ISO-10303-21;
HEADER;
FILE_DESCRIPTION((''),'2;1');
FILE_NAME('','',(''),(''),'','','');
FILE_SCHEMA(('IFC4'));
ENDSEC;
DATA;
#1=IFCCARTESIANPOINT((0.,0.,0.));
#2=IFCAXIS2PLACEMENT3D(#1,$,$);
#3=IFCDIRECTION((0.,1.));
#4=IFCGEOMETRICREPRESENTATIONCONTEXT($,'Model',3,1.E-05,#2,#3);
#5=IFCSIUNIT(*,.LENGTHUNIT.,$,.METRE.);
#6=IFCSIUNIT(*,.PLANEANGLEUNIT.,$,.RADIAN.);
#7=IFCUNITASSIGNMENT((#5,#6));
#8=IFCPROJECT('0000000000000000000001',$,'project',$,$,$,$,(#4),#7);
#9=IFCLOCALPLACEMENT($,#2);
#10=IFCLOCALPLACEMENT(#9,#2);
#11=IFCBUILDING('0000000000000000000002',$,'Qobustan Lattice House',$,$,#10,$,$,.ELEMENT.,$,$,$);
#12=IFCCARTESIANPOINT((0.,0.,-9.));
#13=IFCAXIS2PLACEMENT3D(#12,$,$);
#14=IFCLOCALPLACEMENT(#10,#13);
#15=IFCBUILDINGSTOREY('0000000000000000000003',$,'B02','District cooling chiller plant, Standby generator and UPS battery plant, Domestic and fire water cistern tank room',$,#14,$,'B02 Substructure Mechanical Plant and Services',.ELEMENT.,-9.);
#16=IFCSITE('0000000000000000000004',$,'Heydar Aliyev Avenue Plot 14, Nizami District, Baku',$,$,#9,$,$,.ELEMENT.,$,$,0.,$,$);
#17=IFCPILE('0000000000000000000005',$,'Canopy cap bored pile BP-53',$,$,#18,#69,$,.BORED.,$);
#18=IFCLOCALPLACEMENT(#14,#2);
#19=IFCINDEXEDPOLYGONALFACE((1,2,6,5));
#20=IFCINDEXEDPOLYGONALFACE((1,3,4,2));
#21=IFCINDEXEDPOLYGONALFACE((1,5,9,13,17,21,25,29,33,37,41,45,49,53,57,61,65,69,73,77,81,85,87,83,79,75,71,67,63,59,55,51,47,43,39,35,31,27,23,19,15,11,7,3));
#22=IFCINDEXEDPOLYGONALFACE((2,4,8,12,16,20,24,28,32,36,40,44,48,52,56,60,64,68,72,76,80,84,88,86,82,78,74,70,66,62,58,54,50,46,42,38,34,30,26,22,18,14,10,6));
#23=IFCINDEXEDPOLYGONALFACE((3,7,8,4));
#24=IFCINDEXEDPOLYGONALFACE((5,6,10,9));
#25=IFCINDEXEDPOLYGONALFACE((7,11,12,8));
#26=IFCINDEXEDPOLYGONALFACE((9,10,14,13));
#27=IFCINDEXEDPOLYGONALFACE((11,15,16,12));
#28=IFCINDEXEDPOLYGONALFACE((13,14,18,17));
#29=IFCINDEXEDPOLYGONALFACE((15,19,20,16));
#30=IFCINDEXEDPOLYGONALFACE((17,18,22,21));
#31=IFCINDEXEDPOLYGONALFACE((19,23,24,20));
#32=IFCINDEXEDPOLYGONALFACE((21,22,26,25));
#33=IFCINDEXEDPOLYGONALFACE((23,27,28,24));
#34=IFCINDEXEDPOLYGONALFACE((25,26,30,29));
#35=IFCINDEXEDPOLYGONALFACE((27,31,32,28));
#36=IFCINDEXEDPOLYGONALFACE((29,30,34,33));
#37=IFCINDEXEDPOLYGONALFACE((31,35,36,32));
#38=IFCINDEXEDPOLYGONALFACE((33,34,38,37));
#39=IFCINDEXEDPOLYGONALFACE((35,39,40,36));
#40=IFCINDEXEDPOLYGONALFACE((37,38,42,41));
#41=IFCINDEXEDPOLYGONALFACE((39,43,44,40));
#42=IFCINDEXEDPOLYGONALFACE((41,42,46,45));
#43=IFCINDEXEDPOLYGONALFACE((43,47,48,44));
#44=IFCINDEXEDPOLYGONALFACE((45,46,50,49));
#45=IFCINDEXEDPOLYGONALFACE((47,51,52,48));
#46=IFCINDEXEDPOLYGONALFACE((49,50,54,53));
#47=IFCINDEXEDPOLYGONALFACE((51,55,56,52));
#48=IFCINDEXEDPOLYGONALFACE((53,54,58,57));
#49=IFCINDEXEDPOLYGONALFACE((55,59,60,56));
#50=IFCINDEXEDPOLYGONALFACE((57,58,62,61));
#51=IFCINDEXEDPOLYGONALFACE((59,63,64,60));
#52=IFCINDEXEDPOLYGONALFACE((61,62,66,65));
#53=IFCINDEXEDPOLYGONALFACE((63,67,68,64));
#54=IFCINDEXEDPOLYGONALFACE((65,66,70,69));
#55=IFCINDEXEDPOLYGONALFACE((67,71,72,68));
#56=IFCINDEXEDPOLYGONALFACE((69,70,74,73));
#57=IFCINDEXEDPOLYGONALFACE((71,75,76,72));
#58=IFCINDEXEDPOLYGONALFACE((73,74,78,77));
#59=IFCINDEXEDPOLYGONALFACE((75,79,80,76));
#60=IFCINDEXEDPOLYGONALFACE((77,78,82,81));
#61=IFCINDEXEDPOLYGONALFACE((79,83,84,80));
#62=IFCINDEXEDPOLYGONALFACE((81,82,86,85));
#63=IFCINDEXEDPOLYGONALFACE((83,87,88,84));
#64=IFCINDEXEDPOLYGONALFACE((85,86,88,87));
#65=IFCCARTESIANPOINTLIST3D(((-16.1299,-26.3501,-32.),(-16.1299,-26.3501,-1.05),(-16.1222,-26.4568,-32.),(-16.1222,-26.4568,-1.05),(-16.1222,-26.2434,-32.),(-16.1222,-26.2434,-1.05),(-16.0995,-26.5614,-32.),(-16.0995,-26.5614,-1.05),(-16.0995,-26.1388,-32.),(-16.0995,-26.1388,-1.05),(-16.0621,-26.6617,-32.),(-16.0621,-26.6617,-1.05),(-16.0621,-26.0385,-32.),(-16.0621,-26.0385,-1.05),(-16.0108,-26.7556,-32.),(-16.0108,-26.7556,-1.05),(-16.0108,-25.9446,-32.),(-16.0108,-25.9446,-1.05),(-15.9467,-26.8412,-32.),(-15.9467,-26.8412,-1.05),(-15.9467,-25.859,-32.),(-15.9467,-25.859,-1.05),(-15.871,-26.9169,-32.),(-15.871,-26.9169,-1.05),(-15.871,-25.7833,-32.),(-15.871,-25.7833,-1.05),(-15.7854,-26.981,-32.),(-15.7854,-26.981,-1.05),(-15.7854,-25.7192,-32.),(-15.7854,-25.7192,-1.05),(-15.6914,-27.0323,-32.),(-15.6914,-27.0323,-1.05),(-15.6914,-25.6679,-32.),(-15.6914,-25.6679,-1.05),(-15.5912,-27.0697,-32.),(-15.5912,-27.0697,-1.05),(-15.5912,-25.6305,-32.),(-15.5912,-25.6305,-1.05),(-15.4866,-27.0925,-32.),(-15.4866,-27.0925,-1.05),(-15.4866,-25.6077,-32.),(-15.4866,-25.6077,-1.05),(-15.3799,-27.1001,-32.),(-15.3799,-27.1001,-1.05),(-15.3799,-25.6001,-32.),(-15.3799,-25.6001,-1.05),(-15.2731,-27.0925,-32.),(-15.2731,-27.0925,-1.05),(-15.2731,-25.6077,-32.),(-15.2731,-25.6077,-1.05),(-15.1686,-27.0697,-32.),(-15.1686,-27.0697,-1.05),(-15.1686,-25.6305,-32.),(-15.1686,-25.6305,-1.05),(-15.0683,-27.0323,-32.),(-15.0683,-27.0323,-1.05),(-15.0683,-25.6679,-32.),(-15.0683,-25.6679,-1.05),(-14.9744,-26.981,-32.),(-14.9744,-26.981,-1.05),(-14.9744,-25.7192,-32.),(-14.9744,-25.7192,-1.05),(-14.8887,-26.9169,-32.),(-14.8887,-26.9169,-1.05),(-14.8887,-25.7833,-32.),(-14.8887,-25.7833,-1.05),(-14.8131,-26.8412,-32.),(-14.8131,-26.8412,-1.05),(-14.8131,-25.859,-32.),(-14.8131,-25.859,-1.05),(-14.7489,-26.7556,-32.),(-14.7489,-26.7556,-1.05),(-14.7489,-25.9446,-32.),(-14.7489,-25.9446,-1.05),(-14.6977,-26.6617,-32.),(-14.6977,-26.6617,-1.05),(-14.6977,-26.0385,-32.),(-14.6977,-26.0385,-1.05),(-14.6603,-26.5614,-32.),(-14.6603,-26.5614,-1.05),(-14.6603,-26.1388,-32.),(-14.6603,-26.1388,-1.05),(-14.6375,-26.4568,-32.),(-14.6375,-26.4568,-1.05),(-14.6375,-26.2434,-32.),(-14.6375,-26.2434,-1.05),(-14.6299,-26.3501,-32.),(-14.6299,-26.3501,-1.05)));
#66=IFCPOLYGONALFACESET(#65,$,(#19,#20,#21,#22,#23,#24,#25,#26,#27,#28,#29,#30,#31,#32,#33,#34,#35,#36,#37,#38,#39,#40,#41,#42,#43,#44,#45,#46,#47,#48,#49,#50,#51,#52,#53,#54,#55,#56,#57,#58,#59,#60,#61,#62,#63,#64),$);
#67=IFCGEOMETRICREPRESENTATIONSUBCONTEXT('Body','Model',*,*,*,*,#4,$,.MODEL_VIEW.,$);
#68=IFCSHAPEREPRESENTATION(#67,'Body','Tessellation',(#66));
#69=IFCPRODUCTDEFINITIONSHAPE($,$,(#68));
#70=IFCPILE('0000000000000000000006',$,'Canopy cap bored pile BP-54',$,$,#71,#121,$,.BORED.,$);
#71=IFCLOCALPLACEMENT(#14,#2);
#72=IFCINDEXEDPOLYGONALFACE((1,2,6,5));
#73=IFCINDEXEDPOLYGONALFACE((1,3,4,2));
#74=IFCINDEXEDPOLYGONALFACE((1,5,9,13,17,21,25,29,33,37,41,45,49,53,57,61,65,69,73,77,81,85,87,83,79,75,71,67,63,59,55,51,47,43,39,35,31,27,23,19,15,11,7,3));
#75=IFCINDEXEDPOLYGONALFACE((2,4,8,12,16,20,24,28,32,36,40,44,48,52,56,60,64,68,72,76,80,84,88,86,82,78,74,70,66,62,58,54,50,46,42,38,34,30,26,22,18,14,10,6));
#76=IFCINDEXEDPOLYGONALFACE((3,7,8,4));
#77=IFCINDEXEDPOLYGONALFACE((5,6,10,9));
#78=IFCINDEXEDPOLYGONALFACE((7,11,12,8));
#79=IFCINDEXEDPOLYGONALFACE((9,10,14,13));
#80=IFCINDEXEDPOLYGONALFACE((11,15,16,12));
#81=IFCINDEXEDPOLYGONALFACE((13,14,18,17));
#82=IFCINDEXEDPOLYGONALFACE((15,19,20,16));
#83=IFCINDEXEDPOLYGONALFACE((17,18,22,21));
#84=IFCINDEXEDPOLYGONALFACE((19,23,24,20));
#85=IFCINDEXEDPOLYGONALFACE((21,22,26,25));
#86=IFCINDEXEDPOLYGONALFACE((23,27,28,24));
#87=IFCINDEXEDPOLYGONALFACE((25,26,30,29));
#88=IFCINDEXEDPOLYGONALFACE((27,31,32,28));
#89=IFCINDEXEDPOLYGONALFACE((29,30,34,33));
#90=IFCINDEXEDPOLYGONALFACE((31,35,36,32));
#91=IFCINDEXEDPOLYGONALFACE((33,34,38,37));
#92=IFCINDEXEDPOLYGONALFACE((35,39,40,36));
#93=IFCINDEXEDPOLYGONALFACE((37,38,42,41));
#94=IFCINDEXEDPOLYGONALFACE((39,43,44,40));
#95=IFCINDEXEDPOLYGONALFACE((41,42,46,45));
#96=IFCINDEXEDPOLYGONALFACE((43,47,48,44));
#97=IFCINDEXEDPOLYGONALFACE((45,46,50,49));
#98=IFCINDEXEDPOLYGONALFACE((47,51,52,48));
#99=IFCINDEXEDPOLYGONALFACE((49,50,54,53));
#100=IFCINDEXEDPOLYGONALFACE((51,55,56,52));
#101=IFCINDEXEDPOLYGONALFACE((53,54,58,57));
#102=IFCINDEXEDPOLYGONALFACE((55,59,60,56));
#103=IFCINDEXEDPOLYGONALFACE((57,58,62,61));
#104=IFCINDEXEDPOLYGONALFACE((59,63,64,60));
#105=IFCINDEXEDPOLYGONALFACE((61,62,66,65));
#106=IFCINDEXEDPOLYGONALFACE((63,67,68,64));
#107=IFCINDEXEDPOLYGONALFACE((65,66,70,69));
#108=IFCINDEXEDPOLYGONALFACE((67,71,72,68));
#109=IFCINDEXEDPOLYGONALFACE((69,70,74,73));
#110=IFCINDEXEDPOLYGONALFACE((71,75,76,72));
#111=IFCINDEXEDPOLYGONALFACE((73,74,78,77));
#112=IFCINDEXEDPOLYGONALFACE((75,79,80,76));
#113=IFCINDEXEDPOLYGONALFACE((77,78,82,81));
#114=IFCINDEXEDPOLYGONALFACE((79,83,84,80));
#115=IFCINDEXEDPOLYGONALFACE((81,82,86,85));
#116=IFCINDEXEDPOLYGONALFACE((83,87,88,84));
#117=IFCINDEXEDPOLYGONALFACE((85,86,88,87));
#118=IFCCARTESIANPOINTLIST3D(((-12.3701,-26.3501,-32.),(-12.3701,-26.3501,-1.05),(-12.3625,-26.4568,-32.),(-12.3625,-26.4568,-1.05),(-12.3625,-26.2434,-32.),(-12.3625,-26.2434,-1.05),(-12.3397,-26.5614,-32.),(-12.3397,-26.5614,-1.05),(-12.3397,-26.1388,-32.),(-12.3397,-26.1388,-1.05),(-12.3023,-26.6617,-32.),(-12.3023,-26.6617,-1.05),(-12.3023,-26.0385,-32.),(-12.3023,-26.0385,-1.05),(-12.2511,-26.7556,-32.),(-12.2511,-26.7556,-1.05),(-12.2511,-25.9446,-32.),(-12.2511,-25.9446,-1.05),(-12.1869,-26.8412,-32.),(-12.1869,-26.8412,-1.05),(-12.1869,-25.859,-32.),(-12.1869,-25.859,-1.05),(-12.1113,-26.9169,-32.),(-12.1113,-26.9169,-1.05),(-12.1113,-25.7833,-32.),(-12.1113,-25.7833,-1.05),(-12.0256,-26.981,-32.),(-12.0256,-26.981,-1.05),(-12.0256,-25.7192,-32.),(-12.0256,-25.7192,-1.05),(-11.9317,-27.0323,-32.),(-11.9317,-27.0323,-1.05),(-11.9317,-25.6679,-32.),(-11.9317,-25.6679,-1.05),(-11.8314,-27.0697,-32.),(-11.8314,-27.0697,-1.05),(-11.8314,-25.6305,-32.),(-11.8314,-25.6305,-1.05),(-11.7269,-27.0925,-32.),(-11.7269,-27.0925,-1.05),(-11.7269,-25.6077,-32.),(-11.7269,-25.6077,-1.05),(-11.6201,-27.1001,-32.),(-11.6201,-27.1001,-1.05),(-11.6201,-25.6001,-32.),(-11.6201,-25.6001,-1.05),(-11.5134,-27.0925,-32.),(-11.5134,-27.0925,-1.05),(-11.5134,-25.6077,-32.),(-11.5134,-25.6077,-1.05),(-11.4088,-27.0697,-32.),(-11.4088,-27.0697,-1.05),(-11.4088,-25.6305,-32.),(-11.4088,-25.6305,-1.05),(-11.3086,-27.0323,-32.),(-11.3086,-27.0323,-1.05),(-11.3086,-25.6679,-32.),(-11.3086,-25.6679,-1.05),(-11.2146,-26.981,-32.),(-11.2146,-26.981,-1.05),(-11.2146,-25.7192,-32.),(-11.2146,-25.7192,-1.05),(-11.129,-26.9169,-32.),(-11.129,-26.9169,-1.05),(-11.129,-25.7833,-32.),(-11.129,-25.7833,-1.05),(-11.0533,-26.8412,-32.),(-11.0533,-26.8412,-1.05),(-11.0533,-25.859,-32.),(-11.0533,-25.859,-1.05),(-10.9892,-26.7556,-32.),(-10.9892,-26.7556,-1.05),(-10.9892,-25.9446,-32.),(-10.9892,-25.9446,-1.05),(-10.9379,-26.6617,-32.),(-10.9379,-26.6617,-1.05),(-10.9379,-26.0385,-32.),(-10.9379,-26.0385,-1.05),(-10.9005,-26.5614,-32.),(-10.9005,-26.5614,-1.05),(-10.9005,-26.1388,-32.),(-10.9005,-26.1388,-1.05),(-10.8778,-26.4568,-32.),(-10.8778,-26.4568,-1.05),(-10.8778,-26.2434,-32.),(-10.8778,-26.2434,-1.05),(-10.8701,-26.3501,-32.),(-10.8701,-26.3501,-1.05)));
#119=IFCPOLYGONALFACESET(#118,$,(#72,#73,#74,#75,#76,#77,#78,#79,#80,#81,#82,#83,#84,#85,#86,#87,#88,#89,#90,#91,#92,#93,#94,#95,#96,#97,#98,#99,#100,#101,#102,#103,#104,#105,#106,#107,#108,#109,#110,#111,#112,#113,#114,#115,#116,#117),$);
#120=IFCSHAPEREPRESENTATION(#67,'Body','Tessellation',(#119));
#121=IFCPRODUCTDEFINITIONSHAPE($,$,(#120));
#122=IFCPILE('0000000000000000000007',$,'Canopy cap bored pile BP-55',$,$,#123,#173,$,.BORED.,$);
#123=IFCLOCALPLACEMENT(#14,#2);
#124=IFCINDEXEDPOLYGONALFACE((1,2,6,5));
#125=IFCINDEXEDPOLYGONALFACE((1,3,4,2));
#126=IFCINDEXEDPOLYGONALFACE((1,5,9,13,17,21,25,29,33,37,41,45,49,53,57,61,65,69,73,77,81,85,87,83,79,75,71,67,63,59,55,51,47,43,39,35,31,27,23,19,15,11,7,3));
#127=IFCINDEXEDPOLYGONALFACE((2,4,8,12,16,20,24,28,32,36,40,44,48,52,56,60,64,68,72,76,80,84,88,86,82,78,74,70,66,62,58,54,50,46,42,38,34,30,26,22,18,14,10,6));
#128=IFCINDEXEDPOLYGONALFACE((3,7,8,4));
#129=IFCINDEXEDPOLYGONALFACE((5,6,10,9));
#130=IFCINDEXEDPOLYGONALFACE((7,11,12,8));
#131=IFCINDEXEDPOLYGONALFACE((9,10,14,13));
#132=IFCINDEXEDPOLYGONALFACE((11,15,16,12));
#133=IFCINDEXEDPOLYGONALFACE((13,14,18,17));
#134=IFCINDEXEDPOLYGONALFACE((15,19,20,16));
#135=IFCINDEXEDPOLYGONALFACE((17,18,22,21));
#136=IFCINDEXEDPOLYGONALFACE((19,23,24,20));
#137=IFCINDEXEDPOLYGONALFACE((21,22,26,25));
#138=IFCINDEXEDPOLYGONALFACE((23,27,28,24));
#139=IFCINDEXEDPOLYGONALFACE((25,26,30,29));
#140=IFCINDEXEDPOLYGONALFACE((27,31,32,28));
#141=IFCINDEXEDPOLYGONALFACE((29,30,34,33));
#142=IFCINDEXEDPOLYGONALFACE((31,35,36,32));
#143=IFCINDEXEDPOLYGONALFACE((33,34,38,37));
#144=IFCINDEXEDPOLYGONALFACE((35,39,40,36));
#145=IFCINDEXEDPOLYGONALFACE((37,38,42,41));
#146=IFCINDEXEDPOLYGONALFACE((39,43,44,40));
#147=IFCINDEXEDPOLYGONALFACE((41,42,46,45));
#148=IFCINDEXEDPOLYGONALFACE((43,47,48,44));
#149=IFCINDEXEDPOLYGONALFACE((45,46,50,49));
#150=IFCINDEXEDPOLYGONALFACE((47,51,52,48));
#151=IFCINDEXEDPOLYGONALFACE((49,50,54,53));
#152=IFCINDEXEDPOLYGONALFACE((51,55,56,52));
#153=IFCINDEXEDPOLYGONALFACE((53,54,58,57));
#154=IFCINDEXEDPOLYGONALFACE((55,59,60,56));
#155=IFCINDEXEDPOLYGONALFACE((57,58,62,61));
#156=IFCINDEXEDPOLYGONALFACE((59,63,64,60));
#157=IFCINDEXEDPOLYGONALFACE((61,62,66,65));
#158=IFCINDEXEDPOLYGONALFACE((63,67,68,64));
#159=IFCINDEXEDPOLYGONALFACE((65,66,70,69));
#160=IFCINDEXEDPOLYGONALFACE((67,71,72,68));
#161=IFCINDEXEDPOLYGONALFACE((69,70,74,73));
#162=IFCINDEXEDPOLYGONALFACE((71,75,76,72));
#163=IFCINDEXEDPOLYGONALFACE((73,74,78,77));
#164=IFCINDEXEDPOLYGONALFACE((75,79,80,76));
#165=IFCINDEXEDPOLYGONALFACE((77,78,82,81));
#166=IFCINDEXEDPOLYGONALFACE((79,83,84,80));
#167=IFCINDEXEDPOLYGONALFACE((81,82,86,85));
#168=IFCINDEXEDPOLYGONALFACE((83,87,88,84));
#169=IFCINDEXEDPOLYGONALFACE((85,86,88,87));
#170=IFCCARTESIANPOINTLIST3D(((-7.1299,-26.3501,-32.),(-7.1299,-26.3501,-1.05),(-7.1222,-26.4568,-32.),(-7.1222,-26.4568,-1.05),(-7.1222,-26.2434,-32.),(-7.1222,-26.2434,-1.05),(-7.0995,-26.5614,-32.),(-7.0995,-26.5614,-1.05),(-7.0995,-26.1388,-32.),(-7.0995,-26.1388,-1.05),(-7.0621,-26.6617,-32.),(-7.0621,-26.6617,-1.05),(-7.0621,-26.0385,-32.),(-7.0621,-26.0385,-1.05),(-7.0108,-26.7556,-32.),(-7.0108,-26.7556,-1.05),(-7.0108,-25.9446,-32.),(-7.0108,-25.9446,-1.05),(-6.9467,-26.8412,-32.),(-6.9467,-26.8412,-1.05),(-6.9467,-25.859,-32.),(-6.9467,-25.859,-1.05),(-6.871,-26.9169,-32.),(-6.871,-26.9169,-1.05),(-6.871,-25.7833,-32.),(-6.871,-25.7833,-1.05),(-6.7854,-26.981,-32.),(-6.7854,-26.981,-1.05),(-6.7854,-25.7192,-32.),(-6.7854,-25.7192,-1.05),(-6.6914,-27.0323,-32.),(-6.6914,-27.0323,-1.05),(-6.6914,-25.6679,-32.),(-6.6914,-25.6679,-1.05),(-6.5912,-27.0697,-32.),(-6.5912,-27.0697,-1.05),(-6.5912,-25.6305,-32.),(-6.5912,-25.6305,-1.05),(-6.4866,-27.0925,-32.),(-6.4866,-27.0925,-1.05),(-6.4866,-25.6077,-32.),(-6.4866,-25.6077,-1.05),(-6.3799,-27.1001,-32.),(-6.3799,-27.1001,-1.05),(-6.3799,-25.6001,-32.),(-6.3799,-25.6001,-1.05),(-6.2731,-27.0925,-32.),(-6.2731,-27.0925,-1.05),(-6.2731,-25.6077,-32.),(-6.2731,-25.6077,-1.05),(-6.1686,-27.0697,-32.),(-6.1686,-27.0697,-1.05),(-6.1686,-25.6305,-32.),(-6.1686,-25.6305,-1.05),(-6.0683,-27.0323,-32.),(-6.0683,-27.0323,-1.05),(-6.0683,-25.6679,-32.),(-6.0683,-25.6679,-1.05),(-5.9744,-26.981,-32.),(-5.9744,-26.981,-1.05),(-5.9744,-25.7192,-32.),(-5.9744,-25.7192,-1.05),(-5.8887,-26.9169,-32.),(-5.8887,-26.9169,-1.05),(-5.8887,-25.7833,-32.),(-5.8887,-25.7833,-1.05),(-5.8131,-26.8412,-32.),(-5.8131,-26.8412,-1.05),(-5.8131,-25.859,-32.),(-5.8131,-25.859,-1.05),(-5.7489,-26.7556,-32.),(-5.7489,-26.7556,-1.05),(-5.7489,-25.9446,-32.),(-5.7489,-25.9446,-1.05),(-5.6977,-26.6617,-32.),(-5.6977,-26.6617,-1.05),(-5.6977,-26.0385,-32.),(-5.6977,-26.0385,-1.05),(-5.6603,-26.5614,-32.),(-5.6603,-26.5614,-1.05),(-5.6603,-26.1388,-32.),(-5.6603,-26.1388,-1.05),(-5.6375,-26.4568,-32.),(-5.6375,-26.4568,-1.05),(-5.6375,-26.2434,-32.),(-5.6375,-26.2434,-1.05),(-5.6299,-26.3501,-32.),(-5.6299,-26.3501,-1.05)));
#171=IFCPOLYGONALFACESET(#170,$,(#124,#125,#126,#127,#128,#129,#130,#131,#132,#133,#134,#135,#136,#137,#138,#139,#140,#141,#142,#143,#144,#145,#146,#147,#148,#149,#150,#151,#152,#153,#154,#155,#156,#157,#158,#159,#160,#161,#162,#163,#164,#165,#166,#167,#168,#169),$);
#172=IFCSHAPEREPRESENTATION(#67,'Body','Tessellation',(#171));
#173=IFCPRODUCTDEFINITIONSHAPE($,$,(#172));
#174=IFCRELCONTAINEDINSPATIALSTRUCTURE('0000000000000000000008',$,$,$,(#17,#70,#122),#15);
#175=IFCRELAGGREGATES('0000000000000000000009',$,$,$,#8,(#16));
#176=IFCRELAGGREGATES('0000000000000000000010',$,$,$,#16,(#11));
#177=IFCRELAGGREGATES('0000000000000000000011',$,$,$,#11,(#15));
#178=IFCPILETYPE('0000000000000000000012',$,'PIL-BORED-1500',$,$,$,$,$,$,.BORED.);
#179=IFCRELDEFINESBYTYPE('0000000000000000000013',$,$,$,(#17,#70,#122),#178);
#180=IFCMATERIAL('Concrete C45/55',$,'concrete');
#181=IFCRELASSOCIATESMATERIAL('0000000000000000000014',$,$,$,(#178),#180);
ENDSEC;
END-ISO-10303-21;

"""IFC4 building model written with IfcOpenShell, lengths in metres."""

from ifc_helpers import new_model, si_unit, direction, frame, origin, origin_2d, place, context, subcontext, project, spatial, circle, extrude, material, material_profile, profile_set, type_object, element, save


model = new_model("IFC4")

# Units and contexts
model_context = context("Model", 3, precision=1e-05, world=origin(), true_north=direction((0.0, 1.0)))
body_context = subcontext(model_context, "Body", "Model", "MODEL_VIEW")
ifc_project = project(units=[si_unit("LENGTHUNIT", "METRE"), si_unit("PLANEANGLEUNIT", "RADIAN")], contexts=[model_context])

# Site, building, storey
site_placement = place(None, origin())
site = spatial("IfcSite", under=ifc_project, at=site_placement, Name="Heydar Aliyev Avenue Plot 14, Nizami District, Baku", CompositionType="ELEMENT", RefElevation=0.0)
building_placement = place(site_placement, origin())
building = spatial("IfcBuilding", under=site, at=building_placement, Name="Qobustan Lattice House", CompositionType="ELEMENT")
storey_placement = place(building_placement, frame((0.0, 0.0, -9.0)))
storey = spatial("IfcBuildingStorey", under=building, at=storey_placement, Name="B02", Description="District cooling chiller plant, Standby generator and UPS battery plant, Domestic and fire water cistern tank room", LongName="B02 Substructure Mechanical Plant and Services", CompositionType="ELEMENT", Elevation=-9.0)

# Piles
ifc_material_1 = material(Name="Concrete C45/55", Category="concrete")
ifc_material_profile_1 = material_profile(ifc_material_1, circle(Radius=0.75, at=origin_2d()), Name="PILE-D1500")
ifc_profile_set_1 = profile_set([ifc_material_profile_1], Name="Concrete C45/55")
pile_type = type_object("IfcPileType", Name="PIL-BORED-1500", PredefinedType="BORED", material=ifc_profile_set_1)
for number, where, z_axis, x_axis, name in (
    (1, (-15.3799, -26.3501, -1.05), (0.0, 0.0, -1.0), (1.0, 0.0, 0.0), "Canopy cap bored pile BP-53"),
    (2, (-11.6201, -26.3501, -1.05), (0.0, 0.0, -1.0), (1.0, 0.0, 0.0), "Canopy cap bored pile BP-54"),
    (3, (-6.3799, -26.3501, -1.05), (0.0, 0.0, -1.0), (1.0, 0.0, 0.0), "Canopy cap bored pile BP-55"),
):
    element("IfcPile", number, at=place(storey_placement, frame(where, z_axis=z_axis, x_axis=x_axis)), inside=storey, type_object=pile_type, Name=name, PredefinedType="BORED", context=body_context, shape_type="SweptSolid", body=[
        extrude(circle(Radius=0.75, at=origin_2d()), origin(), (0.0, 0.0, 1.0), 30.95),
    ])

save(model, "model.ifc")
